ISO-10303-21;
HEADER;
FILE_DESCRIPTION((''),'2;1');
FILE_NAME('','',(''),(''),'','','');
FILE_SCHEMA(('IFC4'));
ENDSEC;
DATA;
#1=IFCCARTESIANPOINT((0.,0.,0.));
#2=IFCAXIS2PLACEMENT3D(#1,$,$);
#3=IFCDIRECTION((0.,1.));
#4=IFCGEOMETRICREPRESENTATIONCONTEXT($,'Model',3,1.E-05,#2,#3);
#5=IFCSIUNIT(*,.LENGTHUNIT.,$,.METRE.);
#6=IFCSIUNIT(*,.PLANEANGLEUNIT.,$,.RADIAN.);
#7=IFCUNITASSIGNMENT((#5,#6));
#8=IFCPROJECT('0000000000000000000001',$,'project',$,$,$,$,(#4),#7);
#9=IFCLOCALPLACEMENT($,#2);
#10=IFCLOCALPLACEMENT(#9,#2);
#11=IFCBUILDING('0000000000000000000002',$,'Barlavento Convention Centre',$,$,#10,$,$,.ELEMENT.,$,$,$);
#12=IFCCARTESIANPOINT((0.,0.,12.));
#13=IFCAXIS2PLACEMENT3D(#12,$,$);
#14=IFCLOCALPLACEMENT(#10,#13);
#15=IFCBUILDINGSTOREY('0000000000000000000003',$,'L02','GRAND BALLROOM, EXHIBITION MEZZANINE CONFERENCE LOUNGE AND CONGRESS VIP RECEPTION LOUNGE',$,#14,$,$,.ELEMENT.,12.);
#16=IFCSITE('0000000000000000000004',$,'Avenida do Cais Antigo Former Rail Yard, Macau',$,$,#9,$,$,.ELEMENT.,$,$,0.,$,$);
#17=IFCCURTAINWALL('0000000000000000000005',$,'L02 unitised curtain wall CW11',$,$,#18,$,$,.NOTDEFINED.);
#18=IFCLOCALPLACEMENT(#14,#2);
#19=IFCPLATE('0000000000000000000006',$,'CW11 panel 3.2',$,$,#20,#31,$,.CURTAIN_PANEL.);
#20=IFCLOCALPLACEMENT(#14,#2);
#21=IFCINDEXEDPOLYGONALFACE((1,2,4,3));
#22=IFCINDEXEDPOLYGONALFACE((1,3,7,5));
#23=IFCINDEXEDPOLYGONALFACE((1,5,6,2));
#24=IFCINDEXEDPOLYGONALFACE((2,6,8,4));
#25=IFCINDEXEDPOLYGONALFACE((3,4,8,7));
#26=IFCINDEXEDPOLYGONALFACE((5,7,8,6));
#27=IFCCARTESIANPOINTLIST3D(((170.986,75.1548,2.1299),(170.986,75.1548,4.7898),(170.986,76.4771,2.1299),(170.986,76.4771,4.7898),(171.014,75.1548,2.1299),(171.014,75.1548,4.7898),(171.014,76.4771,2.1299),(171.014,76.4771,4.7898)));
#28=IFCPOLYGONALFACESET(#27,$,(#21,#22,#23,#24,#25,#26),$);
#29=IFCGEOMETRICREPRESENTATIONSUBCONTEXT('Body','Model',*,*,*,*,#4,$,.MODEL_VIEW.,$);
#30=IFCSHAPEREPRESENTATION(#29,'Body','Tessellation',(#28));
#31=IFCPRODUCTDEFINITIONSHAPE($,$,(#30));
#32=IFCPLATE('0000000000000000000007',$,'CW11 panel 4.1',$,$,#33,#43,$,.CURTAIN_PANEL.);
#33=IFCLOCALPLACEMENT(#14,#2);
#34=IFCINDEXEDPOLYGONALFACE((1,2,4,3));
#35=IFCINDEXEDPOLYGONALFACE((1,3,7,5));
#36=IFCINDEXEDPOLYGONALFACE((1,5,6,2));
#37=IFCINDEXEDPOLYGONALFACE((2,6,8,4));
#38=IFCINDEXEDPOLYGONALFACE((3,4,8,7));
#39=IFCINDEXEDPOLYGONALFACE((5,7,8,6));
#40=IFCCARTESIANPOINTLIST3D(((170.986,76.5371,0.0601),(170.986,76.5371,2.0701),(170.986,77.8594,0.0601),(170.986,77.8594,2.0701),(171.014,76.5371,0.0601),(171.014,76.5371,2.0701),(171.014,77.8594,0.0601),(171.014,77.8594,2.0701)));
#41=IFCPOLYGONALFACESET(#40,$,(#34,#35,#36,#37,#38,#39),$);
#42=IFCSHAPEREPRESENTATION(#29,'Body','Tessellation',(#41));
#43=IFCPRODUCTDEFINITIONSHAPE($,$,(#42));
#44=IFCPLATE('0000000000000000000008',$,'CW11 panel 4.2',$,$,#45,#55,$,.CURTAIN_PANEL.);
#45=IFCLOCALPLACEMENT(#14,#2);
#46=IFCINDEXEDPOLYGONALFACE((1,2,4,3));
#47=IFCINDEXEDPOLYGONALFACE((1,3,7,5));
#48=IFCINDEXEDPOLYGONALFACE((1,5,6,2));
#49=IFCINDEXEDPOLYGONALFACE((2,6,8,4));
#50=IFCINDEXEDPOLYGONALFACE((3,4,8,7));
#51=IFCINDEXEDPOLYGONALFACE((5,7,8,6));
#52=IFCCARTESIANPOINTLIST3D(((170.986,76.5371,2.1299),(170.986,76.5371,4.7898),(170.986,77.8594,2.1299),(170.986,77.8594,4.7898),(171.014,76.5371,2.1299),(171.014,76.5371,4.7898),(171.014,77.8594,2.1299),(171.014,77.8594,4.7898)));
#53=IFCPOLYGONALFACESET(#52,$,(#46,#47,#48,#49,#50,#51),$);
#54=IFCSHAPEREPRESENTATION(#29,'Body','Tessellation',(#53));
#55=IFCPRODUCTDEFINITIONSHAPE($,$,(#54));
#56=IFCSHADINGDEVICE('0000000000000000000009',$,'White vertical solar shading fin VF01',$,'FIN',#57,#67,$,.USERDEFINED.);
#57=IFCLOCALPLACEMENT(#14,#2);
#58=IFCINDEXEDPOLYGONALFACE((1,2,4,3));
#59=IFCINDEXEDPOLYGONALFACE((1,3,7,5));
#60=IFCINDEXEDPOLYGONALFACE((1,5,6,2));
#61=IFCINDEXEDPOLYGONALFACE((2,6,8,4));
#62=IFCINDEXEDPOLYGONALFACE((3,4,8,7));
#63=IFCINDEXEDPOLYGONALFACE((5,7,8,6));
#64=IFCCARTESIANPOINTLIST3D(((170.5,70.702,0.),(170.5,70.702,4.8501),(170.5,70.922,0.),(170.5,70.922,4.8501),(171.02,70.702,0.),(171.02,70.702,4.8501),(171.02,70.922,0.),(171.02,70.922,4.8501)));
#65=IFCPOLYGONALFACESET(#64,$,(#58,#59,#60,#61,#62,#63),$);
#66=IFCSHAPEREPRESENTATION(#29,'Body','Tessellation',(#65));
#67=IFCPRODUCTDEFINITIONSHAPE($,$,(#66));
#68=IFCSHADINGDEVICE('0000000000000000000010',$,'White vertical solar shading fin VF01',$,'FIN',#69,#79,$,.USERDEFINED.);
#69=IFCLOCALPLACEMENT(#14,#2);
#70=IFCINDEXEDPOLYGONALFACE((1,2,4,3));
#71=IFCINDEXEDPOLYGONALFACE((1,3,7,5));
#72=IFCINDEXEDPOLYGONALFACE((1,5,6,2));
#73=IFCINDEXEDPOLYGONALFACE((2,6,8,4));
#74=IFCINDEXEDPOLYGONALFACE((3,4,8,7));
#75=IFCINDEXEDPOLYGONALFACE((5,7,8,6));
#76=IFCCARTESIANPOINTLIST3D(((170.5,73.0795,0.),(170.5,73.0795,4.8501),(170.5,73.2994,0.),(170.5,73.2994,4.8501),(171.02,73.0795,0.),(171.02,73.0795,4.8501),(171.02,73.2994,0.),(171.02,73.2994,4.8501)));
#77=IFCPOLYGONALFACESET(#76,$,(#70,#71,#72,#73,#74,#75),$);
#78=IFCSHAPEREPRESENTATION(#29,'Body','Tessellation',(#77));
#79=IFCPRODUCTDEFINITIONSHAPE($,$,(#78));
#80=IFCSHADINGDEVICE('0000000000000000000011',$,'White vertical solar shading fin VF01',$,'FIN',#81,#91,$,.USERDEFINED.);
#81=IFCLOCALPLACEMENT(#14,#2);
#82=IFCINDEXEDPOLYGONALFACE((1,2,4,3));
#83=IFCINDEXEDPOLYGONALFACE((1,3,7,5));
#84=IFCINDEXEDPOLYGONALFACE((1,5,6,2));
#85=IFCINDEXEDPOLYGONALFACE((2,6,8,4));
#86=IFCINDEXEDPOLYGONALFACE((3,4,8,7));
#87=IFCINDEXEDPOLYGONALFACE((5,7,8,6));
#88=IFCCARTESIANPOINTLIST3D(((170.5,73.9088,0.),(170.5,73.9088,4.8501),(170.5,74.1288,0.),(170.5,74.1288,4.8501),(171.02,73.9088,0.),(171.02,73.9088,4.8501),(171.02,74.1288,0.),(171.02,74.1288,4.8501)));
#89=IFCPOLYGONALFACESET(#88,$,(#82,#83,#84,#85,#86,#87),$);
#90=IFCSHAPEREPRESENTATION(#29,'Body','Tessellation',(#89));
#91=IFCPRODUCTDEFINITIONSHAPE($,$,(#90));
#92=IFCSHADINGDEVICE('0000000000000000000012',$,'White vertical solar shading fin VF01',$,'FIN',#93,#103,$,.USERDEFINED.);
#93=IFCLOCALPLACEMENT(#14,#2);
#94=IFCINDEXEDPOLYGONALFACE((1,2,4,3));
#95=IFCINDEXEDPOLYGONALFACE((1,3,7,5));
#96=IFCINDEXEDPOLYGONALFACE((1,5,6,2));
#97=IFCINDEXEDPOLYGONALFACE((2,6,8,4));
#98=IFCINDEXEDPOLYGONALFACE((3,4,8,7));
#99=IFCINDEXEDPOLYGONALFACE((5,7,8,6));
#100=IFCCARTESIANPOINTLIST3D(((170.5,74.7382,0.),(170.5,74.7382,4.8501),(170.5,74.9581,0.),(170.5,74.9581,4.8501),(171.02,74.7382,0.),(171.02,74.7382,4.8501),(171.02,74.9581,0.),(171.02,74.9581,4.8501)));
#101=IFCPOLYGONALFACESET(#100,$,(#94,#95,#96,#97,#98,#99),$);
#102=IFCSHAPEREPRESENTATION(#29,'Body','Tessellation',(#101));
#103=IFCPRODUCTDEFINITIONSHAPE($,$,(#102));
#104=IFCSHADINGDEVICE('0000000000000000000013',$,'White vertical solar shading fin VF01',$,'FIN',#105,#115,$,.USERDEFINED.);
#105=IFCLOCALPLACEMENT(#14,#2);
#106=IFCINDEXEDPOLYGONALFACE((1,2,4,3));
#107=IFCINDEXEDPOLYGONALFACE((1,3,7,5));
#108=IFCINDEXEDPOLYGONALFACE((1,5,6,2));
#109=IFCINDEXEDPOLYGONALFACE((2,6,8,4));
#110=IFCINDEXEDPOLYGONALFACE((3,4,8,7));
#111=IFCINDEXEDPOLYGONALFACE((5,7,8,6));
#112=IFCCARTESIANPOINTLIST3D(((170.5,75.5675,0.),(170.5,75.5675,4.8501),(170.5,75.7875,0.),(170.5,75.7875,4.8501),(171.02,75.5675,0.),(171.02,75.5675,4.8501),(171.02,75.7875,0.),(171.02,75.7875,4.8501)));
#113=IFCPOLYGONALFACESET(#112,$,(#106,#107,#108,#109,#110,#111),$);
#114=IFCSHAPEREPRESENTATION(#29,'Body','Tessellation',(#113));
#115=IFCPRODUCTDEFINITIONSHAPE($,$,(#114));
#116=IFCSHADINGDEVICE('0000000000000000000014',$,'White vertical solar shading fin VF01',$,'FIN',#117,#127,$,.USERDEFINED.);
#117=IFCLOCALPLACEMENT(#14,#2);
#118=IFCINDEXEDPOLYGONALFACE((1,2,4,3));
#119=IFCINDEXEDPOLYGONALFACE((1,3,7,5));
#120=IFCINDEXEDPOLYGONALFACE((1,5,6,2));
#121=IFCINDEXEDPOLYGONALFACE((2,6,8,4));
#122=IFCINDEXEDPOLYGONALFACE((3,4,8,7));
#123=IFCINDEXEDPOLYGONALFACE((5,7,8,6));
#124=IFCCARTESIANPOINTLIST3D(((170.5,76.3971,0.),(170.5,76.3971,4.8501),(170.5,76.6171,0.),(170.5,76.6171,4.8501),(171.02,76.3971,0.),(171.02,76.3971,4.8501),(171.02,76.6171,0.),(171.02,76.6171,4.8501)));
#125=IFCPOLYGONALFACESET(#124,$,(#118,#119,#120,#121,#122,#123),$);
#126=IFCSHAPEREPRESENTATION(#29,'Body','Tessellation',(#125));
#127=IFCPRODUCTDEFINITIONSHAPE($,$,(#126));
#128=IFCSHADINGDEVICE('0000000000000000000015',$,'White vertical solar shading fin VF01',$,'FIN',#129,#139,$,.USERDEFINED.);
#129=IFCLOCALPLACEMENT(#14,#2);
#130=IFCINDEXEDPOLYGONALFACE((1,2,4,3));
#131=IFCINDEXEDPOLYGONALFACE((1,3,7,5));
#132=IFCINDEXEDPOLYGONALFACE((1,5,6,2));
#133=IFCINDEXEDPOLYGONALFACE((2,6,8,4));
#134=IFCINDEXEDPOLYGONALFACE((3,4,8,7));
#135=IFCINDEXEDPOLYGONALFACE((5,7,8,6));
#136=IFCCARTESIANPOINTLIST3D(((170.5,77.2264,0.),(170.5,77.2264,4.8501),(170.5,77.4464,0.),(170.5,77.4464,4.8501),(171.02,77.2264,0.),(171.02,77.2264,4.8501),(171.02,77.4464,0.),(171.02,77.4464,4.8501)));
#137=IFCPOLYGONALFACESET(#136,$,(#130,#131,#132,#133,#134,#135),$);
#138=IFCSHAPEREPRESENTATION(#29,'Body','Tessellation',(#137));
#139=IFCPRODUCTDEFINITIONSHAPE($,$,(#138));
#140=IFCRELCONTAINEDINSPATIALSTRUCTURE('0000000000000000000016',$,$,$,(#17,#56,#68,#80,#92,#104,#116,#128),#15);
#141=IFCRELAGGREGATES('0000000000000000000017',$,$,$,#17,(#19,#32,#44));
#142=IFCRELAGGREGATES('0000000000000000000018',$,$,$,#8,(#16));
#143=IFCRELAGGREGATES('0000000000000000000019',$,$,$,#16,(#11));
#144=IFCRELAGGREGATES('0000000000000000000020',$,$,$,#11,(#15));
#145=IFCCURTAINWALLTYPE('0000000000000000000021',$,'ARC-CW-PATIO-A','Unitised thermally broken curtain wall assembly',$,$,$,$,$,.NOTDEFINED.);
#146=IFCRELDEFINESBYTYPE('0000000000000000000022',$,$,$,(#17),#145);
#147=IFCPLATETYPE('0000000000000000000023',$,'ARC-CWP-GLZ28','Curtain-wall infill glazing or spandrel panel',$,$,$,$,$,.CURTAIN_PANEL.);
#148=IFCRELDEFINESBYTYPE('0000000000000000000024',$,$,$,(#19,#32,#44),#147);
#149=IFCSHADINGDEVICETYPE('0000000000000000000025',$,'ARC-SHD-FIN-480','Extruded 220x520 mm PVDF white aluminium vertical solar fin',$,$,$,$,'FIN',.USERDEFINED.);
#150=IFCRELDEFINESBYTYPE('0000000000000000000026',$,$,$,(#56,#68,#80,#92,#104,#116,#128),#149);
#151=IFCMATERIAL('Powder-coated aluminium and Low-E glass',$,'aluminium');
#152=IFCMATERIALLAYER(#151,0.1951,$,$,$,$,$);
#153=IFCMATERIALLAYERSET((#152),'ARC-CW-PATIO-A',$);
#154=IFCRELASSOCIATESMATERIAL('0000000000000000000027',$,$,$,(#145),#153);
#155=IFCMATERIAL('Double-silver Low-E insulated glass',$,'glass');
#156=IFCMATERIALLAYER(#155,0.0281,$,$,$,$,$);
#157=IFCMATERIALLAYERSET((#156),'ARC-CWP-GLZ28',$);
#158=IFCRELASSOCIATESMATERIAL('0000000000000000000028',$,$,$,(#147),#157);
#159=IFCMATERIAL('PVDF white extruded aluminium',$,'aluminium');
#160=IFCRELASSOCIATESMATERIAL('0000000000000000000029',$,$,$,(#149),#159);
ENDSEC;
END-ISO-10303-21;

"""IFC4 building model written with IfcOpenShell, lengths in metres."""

from ifc_helpers import new_model, si_unit, direction, frame, origin, origin_2d, place, context, subcontext, project, spatial, rectangle, extrude, material, layer, layer_set, type_object, element, aggregate, save


model = new_model("IFC4")

# Units and contexts
model_context = context("Model", 3, precision=1e-05, world=origin(), true_north=direction((0.0, 1.0)))
body_context = subcontext(model_context, "Body", "Model", "MODEL_VIEW")
ifc_project = project(units=[si_unit("LENGTHUNIT", "METRE"), si_unit("PLANEANGLEUNIT", "RADIAN")], contexts=[model_context])

# Site, building, storey
site_placement = place(None, origin())
site = spatial("IfcSite", under=ifc_project, at=site_placement, Name="Avenida do Cais Antigo Former Rail Yard, Macau", CompositionType="ELEMENT", RefElevation=0.0)
building_placement = place(site_placement, origin())
building = spatial("IfcBuilding", under=site, at=building_placement, Name="Barlavento Convention Centre", CompositionType="ELEMENT")
storey_placement = place(building_placement, frame((0.0, 0.0, 12.0)))
storey = spatial("IfcBuildingStorey", under=building, at=storey_placement, Name="L02", Description="GRAND BALLROOM, EXHIBITION MEZZANINE CONFERENCE LOUNGE AND CONGRESS VIP RECEPTION LOUNGE", CompositionType="ELEMENT", Elevation=12.0)

# Shared definitions
ifc_material_1 = material(Name="Powder-coated aluminium and Low-E glass", Category="aluminium")
ifc_layer_1 = layer(ifc_material_1, 0.1951)
ifc_layer_set_1 = layer_set([ifc_layer_1], Name="ARC-CW-PATIO-A")
curtain_wall_type = type_object("IfcCurtainWallType", Name="ARC-CW-PATIO-A", Description="Unitised thermally broken curtain wall assembly", PredefinedType="NOTDEFINED", material=ifc_layer_set_1)

# Curtain wall
curtain_wall_1_placement = place(storey_placement, origin())
curtain_wall_1 = element("IfcCurtainWall", 1, at=curtain_wall_1_placement, inside=storey, type_object=curtain_wall_type, Name="L02 unitised curtain wall CW11", PredefinedType="NOTDEFINED")

# Plates
ifc_material_2 = material(Name="Double-silver Low-E insulated glass", Category="glass")
ifc_layer_2 = layer(ifc_material_2, 0.0281)
ifc_layer_set_2 = layer_set([ifc_layer_2], Name="ARC-CWP-GLZ28")
plate_type = type_object("IfcPlateType", Name="ARC-CWP-GLZ28", Description="Curtain-wall infill glazing or spandrel panel", PredefinedType="CURTAIN_PANEL", material=ifc_layer_set_2)
plate_1_placement = place(storey_placement, frame((171.0, 75.8159, 2.1299), z_axis=(0.0, 0.0, 1.0), x_axis=(0.0, 1.0, 0.0)))
plate_1 = element("IfcPlate", 2, at=plate_1_placement, type_object=plate_type, Name="CW11 panel 3.2", PredefinedType="CURTAIN_PANEL", context=body_context, shape_type="SweptSolid", body=[
    extrude(rectangle(XDim=1.3223, YDim=0.0281, at=origin_2d()), origin(), (0.0, 0.0, 1.0), 2.6599),
])
plate_2_placement = place(storey_placement, frame((171.0, 77.1982, 0.0601), z_axis=(0.0, 0.0, 1.0), x_axis=(0.0, 1.0, 0.0)))
plate_2 = element("IfcPlate", 3, at=plate_2_placement, type_object=plate_type, Name="CW11 panel 4.1", PredefinedType="CURTAIN_PANEL", context=body_context, shape_type="SweptSolid", body=[
    extrude(rectangle(XDim=1.3223, YDim=0.0281, at=origin_2d()), origin(), (0.0, 0.0, 1.0), 2.01),
])
plate_3_placement = place(storey_placement, frame((171.0, 77.1982, 2.1299), z_axis=(0.0, 0.0, 1.0), x_axis=(0.0, 1.0, 0.0)))
plate_3 = element("IfcPlate", 4, at=plate_3_placement, type_object=plate_type, Name="CW11 panel 4.2", PredefinedType="CURTAIN_PANEL", context=body_context, shape_type="SweptSolid", body=[
    extrude(rectangle(XDim=1.3223, YDim=0.0281, at=origin_2d()), origin(), (0.0, 0.0, 1.0), 2.6599),
])
aggregate(curtain_wall_1, [plate_1, plate_2, plate_3])

# Shading devices
ifc_material_3 = material(Name="PVDF white extruded aluminium", Category="aluminium")
shading_device_type = type_object("IfcShadingDeviceType", Name="ARC-SHD-FIN-480", Description="Extruded 220x520 mm PVDF white aluminium vertical solar fin", ElementType="FIN", PredefinedType="USERDEFINED", material=ifc_material_3)
for number, where, z_axis, x_axis, name in (
    (5, (170.76, 70.812, 0.0), (0.0, 0.0, 1.0), (0.0, 1.0, 0.0), "White vertical solar shading fin VF01"),
    (6, (170.76, 73.1895, 0.0), (0.0, 0.0, 1.0), (0.0, 1.0, 0.0), "White vertical solar shading fin VF01"),
    (7, (170.76, 74.0188, 0.0), (0.0, 0.0, 1.0), (0.0, 1.0, 0.0), "White vertical solar shading fin VF01"),
    (8, (170.76, 74.8481, 0.0), (0.0, 0.0, 1.0), (0.0, 1.0, 0.0), "White vertical solar shading fin VF01"),
    (9, (170.76, 75.6775, 0.0), (0.0, 0.0, 1.0), (0.0, 1.0, 0.0), "White vertical solar shading fin VF01"),
    (10, (170.76, 76.5071, 0.0), (0.0, 0.0, 1.0), (0.0, 1.0, 0.0), "White vertical solar shading fin VF01"),
    (11, (170.76, 77.3364, 0.0), (0.0, 0.0, 1.0), (0.0, 1.0, 0.0), "White vertical solar shading fin VF01"),
):
    element("IfcShadingDevice", number, at=place(storey_placement, frame(where, z_axis=z_axis, x_axis=x_axis)), inside=storey, type_object=shading_device_type, Name=name, ObjectType="FIN", PredefinedType="USERDEFINED", context=body_context, shape_type="SweptSolid", body=[
        extrude(rectangle(XDim=0.22, YDim=0.52, at=origin_2d()), origin(), (0.0, 0.0, 1.0), 4.8501),
    ])

save(model, "model.ifc")
